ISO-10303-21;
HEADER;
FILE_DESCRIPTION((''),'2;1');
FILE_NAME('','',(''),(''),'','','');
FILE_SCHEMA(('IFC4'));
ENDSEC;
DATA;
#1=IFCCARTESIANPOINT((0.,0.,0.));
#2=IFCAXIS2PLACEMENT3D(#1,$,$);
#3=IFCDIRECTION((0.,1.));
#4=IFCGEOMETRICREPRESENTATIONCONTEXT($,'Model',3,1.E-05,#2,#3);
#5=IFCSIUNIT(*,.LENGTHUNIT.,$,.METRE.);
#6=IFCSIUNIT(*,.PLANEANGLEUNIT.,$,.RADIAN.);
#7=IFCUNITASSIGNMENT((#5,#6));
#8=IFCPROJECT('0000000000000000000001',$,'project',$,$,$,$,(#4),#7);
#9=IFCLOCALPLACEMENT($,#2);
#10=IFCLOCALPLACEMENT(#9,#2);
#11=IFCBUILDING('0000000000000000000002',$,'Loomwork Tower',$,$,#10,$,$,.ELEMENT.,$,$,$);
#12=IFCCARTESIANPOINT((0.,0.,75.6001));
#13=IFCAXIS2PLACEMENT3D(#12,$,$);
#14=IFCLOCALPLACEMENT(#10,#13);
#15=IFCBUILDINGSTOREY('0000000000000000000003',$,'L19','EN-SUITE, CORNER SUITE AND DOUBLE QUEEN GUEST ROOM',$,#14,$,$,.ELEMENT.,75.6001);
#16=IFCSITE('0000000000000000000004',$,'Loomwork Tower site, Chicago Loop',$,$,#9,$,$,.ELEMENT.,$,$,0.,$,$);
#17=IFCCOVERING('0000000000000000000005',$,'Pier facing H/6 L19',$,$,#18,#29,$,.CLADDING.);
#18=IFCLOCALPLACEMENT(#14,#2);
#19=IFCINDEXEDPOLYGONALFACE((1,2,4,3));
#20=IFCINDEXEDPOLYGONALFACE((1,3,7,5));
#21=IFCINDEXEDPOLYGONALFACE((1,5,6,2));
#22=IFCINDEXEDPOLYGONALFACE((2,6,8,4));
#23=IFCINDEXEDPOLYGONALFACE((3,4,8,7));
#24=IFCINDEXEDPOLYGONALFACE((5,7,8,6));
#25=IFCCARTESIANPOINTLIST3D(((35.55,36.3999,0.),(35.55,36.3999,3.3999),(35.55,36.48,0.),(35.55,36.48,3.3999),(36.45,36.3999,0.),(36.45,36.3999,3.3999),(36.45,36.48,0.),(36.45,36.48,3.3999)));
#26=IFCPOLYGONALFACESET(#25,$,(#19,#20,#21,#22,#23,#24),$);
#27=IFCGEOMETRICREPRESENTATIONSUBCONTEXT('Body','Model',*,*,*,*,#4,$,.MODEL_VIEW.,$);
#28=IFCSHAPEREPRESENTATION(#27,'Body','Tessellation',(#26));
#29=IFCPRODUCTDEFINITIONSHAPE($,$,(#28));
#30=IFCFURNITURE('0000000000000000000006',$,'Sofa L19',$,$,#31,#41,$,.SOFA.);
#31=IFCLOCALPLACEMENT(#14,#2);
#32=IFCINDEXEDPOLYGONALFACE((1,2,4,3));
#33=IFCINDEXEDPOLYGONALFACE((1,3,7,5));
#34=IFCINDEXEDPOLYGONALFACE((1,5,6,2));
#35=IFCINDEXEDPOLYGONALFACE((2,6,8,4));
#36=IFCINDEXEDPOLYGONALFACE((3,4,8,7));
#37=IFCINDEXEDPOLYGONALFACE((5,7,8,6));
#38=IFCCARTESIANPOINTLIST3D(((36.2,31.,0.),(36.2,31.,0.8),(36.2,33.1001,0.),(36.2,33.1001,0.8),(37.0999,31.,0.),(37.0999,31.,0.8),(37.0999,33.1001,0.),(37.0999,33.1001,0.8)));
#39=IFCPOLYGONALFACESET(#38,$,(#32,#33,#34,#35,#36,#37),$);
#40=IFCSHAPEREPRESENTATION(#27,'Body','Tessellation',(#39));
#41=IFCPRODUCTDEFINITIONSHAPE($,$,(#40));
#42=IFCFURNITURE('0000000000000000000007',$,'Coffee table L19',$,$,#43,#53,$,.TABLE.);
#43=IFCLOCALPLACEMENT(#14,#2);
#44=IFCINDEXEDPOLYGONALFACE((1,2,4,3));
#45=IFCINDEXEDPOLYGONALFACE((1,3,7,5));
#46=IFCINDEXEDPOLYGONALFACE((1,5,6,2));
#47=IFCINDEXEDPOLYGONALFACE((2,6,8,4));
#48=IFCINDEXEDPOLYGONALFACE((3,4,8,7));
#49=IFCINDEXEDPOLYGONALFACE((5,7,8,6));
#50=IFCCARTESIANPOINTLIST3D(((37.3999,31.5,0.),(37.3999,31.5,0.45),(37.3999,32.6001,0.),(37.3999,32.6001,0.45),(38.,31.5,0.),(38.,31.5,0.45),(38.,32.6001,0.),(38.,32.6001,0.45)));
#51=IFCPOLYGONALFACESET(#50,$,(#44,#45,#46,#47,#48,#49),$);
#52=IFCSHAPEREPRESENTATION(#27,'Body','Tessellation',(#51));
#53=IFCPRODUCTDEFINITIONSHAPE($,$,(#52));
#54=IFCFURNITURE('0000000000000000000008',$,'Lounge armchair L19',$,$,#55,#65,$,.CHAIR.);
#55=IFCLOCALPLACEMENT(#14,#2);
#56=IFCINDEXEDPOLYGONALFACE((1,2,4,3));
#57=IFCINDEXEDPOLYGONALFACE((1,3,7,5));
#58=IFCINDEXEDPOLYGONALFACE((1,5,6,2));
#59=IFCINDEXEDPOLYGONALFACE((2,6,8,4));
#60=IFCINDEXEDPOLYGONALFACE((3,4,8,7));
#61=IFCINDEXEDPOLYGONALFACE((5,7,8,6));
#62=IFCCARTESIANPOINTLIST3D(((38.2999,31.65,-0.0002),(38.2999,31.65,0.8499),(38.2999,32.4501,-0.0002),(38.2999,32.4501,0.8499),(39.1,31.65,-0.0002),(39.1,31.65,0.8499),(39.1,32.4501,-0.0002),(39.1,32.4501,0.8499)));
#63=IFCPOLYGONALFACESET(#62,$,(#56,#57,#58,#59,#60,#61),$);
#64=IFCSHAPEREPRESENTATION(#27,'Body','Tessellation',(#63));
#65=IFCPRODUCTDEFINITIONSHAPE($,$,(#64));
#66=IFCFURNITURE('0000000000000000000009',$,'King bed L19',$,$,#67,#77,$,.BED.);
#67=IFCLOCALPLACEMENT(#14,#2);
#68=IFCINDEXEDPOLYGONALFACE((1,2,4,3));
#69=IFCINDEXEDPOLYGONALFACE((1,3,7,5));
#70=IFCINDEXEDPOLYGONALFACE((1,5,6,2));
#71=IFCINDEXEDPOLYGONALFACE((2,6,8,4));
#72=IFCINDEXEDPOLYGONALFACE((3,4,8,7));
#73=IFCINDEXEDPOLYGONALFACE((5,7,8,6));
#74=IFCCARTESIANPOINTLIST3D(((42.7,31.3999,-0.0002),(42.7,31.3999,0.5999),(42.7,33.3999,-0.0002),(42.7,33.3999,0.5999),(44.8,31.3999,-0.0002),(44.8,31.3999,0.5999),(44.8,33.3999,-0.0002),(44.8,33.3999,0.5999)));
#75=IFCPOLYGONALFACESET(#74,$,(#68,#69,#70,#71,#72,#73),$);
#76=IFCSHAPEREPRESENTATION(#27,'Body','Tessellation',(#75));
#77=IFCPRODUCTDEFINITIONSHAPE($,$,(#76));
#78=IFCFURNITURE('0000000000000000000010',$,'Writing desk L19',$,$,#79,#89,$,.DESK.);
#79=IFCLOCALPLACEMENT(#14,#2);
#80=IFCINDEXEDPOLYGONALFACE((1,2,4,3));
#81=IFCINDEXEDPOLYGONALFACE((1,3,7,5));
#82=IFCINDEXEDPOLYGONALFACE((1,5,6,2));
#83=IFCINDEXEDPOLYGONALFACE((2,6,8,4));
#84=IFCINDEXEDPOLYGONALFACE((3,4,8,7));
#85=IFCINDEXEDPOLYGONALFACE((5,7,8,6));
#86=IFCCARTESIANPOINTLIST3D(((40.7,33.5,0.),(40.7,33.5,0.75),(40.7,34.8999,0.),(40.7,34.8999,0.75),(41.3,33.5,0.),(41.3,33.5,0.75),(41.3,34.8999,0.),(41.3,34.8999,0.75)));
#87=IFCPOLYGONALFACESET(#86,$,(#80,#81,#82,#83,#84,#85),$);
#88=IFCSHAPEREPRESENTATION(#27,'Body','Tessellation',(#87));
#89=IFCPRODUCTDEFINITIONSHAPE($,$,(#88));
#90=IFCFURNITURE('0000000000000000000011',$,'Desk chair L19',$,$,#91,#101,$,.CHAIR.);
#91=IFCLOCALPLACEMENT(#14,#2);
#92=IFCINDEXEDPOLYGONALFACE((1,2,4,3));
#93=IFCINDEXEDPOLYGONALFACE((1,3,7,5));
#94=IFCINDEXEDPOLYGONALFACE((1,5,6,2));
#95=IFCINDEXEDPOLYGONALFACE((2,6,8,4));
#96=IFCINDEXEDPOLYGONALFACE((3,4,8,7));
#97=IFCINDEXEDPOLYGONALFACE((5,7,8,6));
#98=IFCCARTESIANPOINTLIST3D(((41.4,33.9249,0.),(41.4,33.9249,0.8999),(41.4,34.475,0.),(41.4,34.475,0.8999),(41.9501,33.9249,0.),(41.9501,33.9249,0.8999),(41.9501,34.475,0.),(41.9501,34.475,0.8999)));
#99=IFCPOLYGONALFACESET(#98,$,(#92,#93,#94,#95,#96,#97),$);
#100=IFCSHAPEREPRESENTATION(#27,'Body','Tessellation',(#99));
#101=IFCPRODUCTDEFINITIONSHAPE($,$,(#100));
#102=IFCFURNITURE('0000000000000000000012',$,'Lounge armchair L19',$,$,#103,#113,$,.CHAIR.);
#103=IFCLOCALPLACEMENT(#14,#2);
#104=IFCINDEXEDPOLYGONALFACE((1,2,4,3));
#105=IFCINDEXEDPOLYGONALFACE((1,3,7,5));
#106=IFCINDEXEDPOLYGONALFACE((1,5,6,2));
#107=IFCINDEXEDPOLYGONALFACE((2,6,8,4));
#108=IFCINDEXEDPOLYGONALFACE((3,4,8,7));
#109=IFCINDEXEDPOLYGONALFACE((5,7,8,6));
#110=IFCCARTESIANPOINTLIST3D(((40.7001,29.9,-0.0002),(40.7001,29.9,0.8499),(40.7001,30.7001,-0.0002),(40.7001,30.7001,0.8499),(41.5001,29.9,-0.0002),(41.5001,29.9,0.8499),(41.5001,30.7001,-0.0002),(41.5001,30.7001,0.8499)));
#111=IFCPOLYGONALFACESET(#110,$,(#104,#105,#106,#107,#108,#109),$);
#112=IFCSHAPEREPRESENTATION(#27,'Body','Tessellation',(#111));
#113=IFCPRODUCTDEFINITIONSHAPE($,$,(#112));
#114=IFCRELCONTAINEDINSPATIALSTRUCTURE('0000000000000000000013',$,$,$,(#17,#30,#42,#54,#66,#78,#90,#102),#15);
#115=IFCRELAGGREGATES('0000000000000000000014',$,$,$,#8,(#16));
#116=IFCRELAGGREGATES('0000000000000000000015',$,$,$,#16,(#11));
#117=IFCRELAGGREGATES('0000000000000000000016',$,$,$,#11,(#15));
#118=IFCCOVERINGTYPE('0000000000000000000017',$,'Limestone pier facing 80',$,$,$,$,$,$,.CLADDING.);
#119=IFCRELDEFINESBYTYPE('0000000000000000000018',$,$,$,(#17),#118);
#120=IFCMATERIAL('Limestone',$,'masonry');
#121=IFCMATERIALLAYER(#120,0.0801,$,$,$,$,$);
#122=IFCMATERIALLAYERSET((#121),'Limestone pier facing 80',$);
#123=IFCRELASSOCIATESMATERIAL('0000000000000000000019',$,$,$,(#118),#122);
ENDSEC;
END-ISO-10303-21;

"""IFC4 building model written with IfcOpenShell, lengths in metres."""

from ifc_helpers import new_model, si_unit, direction, frame, origin, origin_2d, place, context, subcontext, project, spatial, rectangle, extrude, material, layer, layer_set, type_object, element, save


model = new_model("IFC4")

# Units and contexts
model_context = context("Model", 3, precision=1e-05, world=origin(), true_north=direction((0.0, 1.0)))
body_context = subcontext(model_context, "Body", "Model", "MODEL_VIEW")
ifc_project = project(units=[si_unit("LENGTHUNIT", "METRE"), si_unit("PLANEANGLEUNIT", "RADIAN")], contexts=[model_context])

# Site, building, storey
site_placement = place(None, origin())
site = spatial("IfcSite", under=ifc_project, at=site_placement, Name="Loomwork Tower site, Chicago Loop", CompositionType="ELEMENT", RefElevation=0.0)
building_placement = place(site_placement, origin())
building = spatial("IfcBuilding", under=site, at=building_placement, Name="Loomwork Tower", CompositionType="ELEMENT")
storey_placement = place(building_placement, frame((0.0, 0.0, 75.6001)))
storey = spatial("IfcBuildingStorey", under=building, at=storey_placement, Name="L19", Description="EN-SUITE, CORNER SUITE AND DOUBLE QUEEN GUEST ROOM", CompositionType="ELEMENT", Elevation=75.6001)

# Covering
ifc_material_1 = material(Name="Limestone", Category="masonry")
ifc_layer_1 = layer(ifc_material_1, 0.0801)
ifc_layer_set_1 = layer_set([ifc_layer_1], Name="Limestone pier facing 80")
covering_type = type_object("IfcCoveringType", Name="Limestone pier facing 80", PredefinedType="CLADDING", material=ifc_layer_set_1)
covering_placement = place(storey_placement, frame((36.0, 36.4399, 0.0), z_axis=(0.0, 0.0, 1.0), x_axis=(1.0, 0.0, 0.0)))
element("IfcCovering", 1, at=covering_placement, inside=storey, type_object=covering_type, Name="Pier facing H/6 L19", PredefinedType="CLADDING", context=body_context, shape_type="SweptSolid", body=[
    extrude(rectangle(XDim=0.8999, YDim=0.0801, at=origin_2d()), origin(), (0.0, 0.0, 1.0), 3.3999),
])

# Furniture
furniture_1_placement = place(storey_placement, frame((36.6499, 32.05, 0.0), z_axis=(0.0, 0.0, 1.0), x_axis=(1.0, 0.0, 0.0)))
element("IfcFurniture", 2, at=furniture_1_placement, inside=storey, Name="Sofa L19", PredefinedType="SOFA", context=body_context, shape_type="SweptSolid", body=[
    extrude(rectangle(XDim=0.8999, YDim=2.1001, at=origin_2d()), origin(), (0.0, 0.0, 1.0), 0.8),
])
furniture_2_placement = place(storey_placement, frame((37.7, 32.05, 0.0), z_axis=(0.0, 0.0, 1.0), x_axis=(1.0, 0.0, 0.0)))
element("IfcFurniture", 3, at=furniture_2_placement, inside=storey, Name="Coffee table L19", PredefinedType="TABLE", context=body_context, shape_type="SweptSolid", body=[
    extrude(rectangle(XDim=0.6001, YDim=1.1001, at=origin_2d()), origin(), (0.0, 0.0, 1.0), 0.45),
])
furniture_3_placement = place(storey_placement, frame((38.7, 32.05, -0.0002), z_axis=(0.0, 0.0, 1.0), x_axis=(1.0, 0.0, 0.0)))
element("IfcFurniture", 4, at=furniture_3_placement, inside=storey, Name="Lounge armchair L19", PredefinedType="CHAIR", context=body_context, shape_type="SweptSolid", body=[
    extrude(rectangle(XDim=0.8, YDim=0.8, at=origin_2d()), origin(), (0.0, 0.0, 1.0), 0.8501),
])
furniture_4_placement = place(storey_placement, frame((43.75, 32.3999, -0.0002), z_axis=(0.0, 0.0, 1.0), x_axis=(1.0, 0.0, 0.0)))
element("IfcFurniture", 5, at=furniture_4_placement, inside=storey, Name="King bed L19", PredefinedType="BED", context=body_context, shape_type="SweptSolid", body=[
    extrude(rectangle(XDim=2.1001, YDim=2.0, at=origin_2d()), origin(), (0.0, 0.0, 1.0), 0.6001),
])
furniture_5_placement = place(storey_placement, frame((41.0, 34.2, 0.0), z_axis=(0.0, 0.0, 1.0), x_axis=(1.0, 0.0, 0.0)))
element("IfcFurniture", 6, at=furniture_5_placement, inside=storey, Name="Writing desk L19", PredefinedType="DESK", context=body_context, shape_type="SweptSolid", body=[
    extrude(rectangle(XDim=0.6001, YDim=1.3999, at=origin_2d()), origin(), (0.0, 0.0, 1.0), 0.75),
])
furniture_6_placement = place(storey_placement, frame((41.675, 34.2, 0.0), z_axis=(0.0, 0.0, 1.0), x_axis=(1.0, 0.0, 0.0)))
element("IfcFurniture", 7, at=furniture_6_placement, inside=storey, Name="Desk chair L19", PredefinedType="CHAIR", context=body_context, shape_type="SweptSolid", body=[
    extrude(rectangle(XDim=0.55, YDim=0.55, at=origin_2d()), origin(), (0.0, 0.0, 1.0), 0.8999),
])
furniture_7_placement = place(storey_placement, frame((41.1001, 30.3, -0.0002), z_axis=(0.0, 0.0, 1.0), x_axis=(1.0, 0.0, 0.0)))
element("IfcFurniture", 8, at=furniture_7_placement, inside=storey, Name="Lounge armchair L19", PredefinedType="CHAIR", context=body_context, shape_type="SweptSolid", body=[
    extrude(rectangle(XDim=0.8, YDim=0.8, at=origin_2d()), origin(), (0.0, 0.0, 1.0), 0.8501),
])

save(model, "model.ifc")
